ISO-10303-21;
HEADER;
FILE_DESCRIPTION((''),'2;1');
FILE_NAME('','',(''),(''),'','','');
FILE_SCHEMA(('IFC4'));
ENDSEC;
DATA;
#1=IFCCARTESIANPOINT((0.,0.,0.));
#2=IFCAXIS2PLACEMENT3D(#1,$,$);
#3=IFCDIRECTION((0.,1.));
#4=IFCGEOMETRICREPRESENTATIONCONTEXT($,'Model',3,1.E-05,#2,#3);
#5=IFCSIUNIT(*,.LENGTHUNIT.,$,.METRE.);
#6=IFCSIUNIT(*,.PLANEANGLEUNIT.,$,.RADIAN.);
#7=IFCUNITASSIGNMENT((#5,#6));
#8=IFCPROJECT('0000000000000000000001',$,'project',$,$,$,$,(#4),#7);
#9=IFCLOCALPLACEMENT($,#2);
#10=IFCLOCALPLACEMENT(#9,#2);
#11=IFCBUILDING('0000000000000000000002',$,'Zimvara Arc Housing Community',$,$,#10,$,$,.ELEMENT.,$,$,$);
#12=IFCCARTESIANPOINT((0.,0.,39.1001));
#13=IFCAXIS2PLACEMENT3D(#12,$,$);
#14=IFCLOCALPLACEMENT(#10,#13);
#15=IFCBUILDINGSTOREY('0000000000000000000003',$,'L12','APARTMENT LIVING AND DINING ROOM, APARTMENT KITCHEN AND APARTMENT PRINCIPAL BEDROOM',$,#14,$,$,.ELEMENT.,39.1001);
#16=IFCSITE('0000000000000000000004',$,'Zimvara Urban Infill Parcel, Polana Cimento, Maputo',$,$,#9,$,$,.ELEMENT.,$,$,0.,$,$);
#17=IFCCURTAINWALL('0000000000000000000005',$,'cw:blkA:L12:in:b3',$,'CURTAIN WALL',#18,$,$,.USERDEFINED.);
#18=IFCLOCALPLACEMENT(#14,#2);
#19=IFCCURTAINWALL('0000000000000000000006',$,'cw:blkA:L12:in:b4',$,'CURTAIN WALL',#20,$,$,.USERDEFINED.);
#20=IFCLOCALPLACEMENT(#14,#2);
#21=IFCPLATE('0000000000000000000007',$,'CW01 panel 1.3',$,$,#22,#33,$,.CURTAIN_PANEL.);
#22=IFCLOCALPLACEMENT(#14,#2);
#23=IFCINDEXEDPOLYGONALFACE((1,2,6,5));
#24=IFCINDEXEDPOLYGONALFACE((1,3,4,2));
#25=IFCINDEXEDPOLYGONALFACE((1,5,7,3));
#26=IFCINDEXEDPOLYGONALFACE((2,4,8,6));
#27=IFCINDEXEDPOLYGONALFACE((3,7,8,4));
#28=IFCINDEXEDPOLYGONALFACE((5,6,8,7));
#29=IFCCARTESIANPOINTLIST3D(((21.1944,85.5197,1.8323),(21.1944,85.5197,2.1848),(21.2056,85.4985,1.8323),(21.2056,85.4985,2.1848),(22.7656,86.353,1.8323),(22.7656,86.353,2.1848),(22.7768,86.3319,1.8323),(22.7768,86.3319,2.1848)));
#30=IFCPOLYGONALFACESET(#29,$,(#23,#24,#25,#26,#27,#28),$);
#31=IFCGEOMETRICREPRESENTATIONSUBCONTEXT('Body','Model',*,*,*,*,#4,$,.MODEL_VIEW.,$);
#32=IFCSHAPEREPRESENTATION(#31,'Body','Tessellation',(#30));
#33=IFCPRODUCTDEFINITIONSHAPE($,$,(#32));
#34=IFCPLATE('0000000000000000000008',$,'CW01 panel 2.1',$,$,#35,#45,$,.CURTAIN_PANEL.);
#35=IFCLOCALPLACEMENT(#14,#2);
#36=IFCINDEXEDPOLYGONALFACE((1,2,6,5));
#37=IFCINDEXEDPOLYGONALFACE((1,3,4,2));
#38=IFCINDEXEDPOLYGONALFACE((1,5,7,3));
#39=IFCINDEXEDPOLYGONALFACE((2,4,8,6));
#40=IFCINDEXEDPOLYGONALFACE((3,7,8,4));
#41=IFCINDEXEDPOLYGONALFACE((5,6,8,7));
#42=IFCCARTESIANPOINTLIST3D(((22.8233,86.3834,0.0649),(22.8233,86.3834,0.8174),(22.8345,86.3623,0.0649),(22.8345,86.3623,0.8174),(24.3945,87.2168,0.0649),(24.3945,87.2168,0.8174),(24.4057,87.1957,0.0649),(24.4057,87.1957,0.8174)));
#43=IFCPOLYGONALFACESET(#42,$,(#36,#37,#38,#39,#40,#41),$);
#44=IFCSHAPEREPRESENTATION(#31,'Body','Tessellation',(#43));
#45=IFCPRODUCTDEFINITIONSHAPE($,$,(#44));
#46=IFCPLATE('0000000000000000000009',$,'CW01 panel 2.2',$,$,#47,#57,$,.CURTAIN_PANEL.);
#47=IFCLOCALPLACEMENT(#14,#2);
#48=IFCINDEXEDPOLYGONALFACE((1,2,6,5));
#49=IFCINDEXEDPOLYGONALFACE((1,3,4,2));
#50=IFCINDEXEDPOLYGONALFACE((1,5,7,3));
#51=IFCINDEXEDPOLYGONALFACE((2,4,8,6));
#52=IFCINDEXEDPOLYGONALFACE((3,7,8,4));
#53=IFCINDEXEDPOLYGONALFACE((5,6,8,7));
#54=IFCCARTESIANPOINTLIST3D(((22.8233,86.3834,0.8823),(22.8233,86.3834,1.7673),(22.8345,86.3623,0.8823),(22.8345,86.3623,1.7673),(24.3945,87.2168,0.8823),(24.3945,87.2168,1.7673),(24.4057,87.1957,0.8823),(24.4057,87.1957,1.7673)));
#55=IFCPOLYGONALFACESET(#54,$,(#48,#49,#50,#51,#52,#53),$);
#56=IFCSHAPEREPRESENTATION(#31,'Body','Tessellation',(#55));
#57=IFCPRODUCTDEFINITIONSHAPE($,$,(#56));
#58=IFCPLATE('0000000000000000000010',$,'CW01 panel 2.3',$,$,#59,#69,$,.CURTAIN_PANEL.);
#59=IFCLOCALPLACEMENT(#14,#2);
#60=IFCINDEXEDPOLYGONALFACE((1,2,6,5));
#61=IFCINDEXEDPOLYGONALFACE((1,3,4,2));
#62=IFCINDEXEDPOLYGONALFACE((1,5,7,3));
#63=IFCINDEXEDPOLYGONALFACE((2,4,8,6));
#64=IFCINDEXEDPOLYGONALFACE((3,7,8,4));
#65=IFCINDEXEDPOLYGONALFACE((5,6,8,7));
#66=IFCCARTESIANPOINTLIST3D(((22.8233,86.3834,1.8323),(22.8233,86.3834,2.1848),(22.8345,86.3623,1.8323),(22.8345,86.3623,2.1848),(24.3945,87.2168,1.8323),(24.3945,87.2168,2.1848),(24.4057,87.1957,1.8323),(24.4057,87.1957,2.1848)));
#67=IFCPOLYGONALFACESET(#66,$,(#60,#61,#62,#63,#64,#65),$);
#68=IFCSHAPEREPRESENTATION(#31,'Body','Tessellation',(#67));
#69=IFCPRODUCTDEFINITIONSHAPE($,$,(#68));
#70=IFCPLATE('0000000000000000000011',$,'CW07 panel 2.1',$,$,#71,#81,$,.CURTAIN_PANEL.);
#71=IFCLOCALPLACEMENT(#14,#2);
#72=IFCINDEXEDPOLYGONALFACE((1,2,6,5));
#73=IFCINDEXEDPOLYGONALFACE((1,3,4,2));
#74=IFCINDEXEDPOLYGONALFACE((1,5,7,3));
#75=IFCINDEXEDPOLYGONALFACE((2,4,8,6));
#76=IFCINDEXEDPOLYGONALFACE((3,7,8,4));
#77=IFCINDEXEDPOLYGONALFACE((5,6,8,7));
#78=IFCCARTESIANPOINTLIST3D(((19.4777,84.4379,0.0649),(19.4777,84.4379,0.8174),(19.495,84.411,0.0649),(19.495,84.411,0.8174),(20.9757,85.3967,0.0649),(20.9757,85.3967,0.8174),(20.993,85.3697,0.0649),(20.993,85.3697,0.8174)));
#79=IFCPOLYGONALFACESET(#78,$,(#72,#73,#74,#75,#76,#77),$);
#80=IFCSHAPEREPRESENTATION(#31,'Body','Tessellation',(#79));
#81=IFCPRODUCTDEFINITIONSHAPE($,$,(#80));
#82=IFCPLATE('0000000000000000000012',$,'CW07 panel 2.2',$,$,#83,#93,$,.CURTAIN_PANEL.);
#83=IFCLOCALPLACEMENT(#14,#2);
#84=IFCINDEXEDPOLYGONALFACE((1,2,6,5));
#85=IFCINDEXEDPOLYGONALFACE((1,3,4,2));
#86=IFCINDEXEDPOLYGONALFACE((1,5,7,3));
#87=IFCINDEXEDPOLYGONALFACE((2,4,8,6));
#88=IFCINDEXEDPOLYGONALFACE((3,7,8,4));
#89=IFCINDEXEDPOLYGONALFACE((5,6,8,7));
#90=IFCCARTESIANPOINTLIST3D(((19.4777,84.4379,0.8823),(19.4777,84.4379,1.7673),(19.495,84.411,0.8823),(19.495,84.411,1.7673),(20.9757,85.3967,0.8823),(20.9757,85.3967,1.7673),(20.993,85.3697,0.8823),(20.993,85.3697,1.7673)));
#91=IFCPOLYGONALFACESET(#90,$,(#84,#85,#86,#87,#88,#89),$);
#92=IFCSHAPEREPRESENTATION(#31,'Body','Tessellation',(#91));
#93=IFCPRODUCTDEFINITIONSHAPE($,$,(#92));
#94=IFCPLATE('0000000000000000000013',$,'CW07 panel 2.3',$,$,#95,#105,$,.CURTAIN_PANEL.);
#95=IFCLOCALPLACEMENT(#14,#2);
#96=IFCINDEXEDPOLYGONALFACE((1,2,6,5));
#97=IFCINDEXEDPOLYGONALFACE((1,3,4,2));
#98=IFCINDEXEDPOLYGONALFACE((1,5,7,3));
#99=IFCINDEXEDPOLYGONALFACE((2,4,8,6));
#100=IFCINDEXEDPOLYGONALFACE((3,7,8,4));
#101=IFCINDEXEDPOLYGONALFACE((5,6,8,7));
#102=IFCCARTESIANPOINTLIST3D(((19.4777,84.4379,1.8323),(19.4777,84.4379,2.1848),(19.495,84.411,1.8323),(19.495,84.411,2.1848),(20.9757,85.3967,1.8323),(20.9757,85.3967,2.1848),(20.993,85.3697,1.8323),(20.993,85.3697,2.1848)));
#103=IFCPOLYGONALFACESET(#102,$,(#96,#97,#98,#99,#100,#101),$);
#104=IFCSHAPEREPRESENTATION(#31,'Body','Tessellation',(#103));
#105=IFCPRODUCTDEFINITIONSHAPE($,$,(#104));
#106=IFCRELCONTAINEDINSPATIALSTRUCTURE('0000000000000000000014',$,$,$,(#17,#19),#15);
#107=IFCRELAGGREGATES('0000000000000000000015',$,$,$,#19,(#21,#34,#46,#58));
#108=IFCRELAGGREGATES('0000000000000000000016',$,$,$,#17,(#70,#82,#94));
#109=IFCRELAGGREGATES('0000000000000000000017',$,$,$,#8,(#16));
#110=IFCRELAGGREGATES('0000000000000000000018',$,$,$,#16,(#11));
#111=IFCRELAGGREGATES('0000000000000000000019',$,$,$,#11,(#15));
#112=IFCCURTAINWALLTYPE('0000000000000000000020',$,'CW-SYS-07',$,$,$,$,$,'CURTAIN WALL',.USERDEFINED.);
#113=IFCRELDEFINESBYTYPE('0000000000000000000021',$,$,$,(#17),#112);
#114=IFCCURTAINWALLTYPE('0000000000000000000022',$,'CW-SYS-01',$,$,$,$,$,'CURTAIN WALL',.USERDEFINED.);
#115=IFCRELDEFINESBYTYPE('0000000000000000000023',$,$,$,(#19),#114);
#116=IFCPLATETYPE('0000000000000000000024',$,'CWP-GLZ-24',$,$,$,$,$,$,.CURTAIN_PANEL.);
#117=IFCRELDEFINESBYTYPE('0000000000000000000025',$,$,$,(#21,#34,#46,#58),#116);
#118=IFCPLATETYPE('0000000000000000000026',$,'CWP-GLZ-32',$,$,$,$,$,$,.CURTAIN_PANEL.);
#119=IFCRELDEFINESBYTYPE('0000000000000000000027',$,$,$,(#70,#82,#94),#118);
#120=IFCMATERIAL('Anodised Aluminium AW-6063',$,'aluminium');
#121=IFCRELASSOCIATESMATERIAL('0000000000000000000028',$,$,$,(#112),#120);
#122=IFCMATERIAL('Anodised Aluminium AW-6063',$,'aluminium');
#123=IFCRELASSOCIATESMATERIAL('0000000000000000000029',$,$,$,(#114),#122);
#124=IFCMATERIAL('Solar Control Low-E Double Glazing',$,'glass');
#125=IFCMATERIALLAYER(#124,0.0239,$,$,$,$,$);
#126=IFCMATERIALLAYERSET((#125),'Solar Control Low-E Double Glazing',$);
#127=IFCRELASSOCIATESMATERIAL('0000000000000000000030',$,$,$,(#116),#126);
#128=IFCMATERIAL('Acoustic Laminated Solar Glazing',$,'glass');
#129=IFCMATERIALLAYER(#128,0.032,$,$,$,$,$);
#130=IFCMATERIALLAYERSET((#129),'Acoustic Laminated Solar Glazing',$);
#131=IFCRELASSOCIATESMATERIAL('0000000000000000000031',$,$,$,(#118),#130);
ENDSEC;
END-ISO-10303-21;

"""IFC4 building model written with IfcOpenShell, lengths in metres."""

from ifc_helpers import new_model, si_unit, direction, frame, origin, origin_2d, place, context, subcontext, project, spatial, rectangle, extrude, material, layer, layer_set, type_object, element, aggregate, save


model = new_model("IFC4")

# Units and contexts
model_context = context("Model", 3, precision=1e-05, world=origin(), true_north=direction((0.0, 1.0)))
body_context = subcontext(model_context, "Body", "Model", "MODEL_VIEW")
ifc_project = project(units=[si_unit("LENGTHUNIT", "METRE"), si_unit("PLANEANGLEUNIT", "RADIAN")], contexts=[model_context])

# Site, building, storey
site_placement = place(None, origin())
site = spatial("IfcSite", under=ifc_project, at=site_placement, Name="Zimvara Urban Infill Parcel, Polana Cimento, Maputo", CompositionType="ELEMENT", RefElevation=0.0)
building_placement = place(site_placement, origin())
building = spatial("IfcBuilding", under=site, at=building_placement, Name="Zimvara Arc Housing Community", CompositionType="ELEMENT")
storey_placement = place(building_placement, frame((0.0, 0.0, 39.1001)))
storey = spatial("IfcBuildingStorey", under=building, at=storey_placement, Name="L12", Description="APARTMENT LIVING AND DINING ROOM, APARTMENT KITCHEN AND APARTMENT PRINCIPAL BEDROOM", CompositionType="ELEMENT", Elevation=39.1001)

# Curtain walls
ifc_material_1 = material(Name="Anodised Aluminium AW-6063", Category="aluminium")
curtain_wall_type_1 = type_object("IfcCurtainWallType", Name="CW-SYS-07", ElementType="CURTAIN WALL", PredefinedType="USERDEFINED", material=ifc_material_1)
curtain_wall_1_placement = place(storey_placement, origin())
curtain_wall_1 = element("IfcCurtainWall", 1, at=curtain_wall_1_placement, inside=storey, type_object=curtain_wall_type_1, Name="cw:blkA:L12:in:b3", ObjectType="CURTAIN WALL", PredefinedType="USERDEFINED")
ifc_material_2 = material(Name="Anodised Aluminium AW-6063", Category="aluminium")
curtain_wall_type_2 = type_object("IfcCurtainWallType", Name="CW-SYS-01", ElementType="CURTAIN WALL", PredefinedType="USERDEFINED", material=ifc_material_2)
curtain_wall_2_placement = place(storey_placement, origin())
curtain_wall_2 = element("IfcCurtainWall", 2, at=curtain_wall_2_placement, inside=storey, type_object=curtain_wall_type_2, Name="cw:blkA:L12:in:b4", ObjectType="CURTAIN WALL", PredefinedType="USERDEFINED")

# Plates
ifc_material_3 = material(Name="Solar Control Low-E Double Glazing", Category="glass")
ifc_layer_1 = layer(ifc_material_3, 0.0239)
ifc_layer_set_1 = layer_set([ifc_layer_1], Name="Solar Control Low-E Double Glazing")
plate_type_1 = type_object("IfcPlateType", Name="CWP-GLZ-24", PredefinedType="CURTAIN_PANEL", material=ifc_layer_set_1)
plate_1_placement = place(storey_placement, frame((21.9856, 85.9258, 1.8323), z_axis=(0.0, 0.0, 1.0), x_axis=(0.883439, 0.468547, 0.0)))
plate_1 = element("IfcPlate", 3, at=plate_1_placement, type_object=plate_type_1, Name="CW01 panel 1.3", PredefinedType="CURTAIN_PANEL", context=body_context, shape_type="SweptSolid", body=[
    extrude(rectangle(XDim=1.7786, YDim=0.0239, at=origin_2d()), origin(), (0.0, 0.0, 1.0), 0.3525),
])
plate_2_placement = place(storey_placement, frame((23.6145, 86.7896, 0.0649), z_axis=(0.0, 0.0, 1.0), x_axis=(0.883439, 0.468547, 0.0)))
plate_2 = element("IfcPlate", 4, at=plate_2_placement, type_object=plate_type_1, Name="CW01 panel 2.1", PredefinedType="CURTAIN_PANEL", context=body_context, shape_type="SweptSolid", body=[
    extrude(rectangle(XDim=1.7786, YDim=0.0239, at=origin_2d()), origin(), (0.0, 0.0, 1.0), 0.7524),
])
plate_3_placement = place(storey_placement, frame((23.6145, 86.7896, 0.8823), z_axis=(0.0, 0.0, 1.0), x_axis=(0.883439, 0.468547, 0.0)))
plate_3 = element("IfcPlate", 5, at=plate_3_placement, type_object=plate_type_1, Name="CW01 panel 2.2", PredefinedType="CURTAIN_PANEL", context=body_context, shape_type="SweptSolid", body=[
    extrude(rectangle(XDim=1.7786, YDim=0.0239, at=origin_2d()), origin(), (0.0, 0.0, 1.0), 0.885),
])
plate_4_placement = place(storey_placement, frame((23.6145, 86.7896, 1.8323), z_axis=(0.0, 0.0, 1.0), x_axis=(0.883439, 0.468547, 0.0)))
plate_4 = element("IfcPlate", 6, at=plate_4_placement, type_object=plate_type_1, Name="CW01 panel 2.3", PredefinedType="CURTAIN_PANEL", context=body_context, shape_type="SweptSolid", body=[
    extrude(rectangle(XDim=1.7786, YDim=0.0239, at=origin_2d()), origin(), (0.0, 0.0, 1.0), 0.3525),
])
aggregate(curtain_wall_2, [plate_1, plate_2, plate_3, plate_4])
ifc_material_4 = material(Name="Acoustic Laminated Solar Glazing", Category="glass")
ifc_layer_2 = layer(ifc_material_4, 0.032)
ifc_layer_set_2 = layer_set([ifc_layer_2], Name="Acoustic Laminated Solar Glazing")
plate_type_2 = type_object("IfcPlateType", Name="CWP-GLZ-32", PredefinedType="CURTAIN_PANEL", material=ifc_layer_set_2)
plate_5_placement = place(storey_placement, frame((20.2354, 84.9038, 0.0649), z_axis=(0.0, 0.0, 1.0), x_axis=(0.842264, 0.539065, 0.0)))
plate_5 = element("IfcPlate", 7, at=plate_5_placement, type_object=plate_type_2, Name="CW07 panel 2.1", PredefinedType="CURTAIN_PANEL", context=body_context, shape_type="SweptSolid", body=[
    extrude(rectangle(XDim=1.7786, YDim=0.032, at=origin_2d()), origin(), (0.0, 0.0, 1.0), 0.7524),
])
plate_6_placement = place(storey_placement, frame((20.2354, 84.9038, 0.8823), z_axis=(0.0, 0.0, 1.0), x_axis=(0.842264, 0.539065, 0.0)))
plate_6 = element("IfcPlate", 8, at=plate_6_placement, type_object=plate_type_2, Name="CW07 panel 2.2", PredefinedType="CURTAIN_PANEL", context=body_context, shape_type="SweptSolid", body=[
    extrude(rectangle(XDim=1.7786, YDim=0.032, at=origin_2d()), origin(), (0.0, 0.0, 1.0), 0.885),
])
plate_7_placement = place(storey_placement, frame((20.2354, 84.9038, 1.8323), z_axis=(0.0, 0.0, 1.0), x_axis=(0.842264, 0.539065, 0.0)))
plate_7 = element("IfcPlate", 9, at=plate_7_placement, type_object=plate_type_2, Name="CW07 panel 2.3", PredefinedType="CURTAIN_PANEL", context=body_context, shape_type="SweptSolid", body=[
    extrude(rectangle(XDim=1.7786, YDim=0.032, at=origin_2d()), origin(), (0.0, 0.0, 1.0), 0.3525),
])
aggregate(curtain_wall_1, [plate_5, plate_6, plate_7])

save(model, "model.ifc")
